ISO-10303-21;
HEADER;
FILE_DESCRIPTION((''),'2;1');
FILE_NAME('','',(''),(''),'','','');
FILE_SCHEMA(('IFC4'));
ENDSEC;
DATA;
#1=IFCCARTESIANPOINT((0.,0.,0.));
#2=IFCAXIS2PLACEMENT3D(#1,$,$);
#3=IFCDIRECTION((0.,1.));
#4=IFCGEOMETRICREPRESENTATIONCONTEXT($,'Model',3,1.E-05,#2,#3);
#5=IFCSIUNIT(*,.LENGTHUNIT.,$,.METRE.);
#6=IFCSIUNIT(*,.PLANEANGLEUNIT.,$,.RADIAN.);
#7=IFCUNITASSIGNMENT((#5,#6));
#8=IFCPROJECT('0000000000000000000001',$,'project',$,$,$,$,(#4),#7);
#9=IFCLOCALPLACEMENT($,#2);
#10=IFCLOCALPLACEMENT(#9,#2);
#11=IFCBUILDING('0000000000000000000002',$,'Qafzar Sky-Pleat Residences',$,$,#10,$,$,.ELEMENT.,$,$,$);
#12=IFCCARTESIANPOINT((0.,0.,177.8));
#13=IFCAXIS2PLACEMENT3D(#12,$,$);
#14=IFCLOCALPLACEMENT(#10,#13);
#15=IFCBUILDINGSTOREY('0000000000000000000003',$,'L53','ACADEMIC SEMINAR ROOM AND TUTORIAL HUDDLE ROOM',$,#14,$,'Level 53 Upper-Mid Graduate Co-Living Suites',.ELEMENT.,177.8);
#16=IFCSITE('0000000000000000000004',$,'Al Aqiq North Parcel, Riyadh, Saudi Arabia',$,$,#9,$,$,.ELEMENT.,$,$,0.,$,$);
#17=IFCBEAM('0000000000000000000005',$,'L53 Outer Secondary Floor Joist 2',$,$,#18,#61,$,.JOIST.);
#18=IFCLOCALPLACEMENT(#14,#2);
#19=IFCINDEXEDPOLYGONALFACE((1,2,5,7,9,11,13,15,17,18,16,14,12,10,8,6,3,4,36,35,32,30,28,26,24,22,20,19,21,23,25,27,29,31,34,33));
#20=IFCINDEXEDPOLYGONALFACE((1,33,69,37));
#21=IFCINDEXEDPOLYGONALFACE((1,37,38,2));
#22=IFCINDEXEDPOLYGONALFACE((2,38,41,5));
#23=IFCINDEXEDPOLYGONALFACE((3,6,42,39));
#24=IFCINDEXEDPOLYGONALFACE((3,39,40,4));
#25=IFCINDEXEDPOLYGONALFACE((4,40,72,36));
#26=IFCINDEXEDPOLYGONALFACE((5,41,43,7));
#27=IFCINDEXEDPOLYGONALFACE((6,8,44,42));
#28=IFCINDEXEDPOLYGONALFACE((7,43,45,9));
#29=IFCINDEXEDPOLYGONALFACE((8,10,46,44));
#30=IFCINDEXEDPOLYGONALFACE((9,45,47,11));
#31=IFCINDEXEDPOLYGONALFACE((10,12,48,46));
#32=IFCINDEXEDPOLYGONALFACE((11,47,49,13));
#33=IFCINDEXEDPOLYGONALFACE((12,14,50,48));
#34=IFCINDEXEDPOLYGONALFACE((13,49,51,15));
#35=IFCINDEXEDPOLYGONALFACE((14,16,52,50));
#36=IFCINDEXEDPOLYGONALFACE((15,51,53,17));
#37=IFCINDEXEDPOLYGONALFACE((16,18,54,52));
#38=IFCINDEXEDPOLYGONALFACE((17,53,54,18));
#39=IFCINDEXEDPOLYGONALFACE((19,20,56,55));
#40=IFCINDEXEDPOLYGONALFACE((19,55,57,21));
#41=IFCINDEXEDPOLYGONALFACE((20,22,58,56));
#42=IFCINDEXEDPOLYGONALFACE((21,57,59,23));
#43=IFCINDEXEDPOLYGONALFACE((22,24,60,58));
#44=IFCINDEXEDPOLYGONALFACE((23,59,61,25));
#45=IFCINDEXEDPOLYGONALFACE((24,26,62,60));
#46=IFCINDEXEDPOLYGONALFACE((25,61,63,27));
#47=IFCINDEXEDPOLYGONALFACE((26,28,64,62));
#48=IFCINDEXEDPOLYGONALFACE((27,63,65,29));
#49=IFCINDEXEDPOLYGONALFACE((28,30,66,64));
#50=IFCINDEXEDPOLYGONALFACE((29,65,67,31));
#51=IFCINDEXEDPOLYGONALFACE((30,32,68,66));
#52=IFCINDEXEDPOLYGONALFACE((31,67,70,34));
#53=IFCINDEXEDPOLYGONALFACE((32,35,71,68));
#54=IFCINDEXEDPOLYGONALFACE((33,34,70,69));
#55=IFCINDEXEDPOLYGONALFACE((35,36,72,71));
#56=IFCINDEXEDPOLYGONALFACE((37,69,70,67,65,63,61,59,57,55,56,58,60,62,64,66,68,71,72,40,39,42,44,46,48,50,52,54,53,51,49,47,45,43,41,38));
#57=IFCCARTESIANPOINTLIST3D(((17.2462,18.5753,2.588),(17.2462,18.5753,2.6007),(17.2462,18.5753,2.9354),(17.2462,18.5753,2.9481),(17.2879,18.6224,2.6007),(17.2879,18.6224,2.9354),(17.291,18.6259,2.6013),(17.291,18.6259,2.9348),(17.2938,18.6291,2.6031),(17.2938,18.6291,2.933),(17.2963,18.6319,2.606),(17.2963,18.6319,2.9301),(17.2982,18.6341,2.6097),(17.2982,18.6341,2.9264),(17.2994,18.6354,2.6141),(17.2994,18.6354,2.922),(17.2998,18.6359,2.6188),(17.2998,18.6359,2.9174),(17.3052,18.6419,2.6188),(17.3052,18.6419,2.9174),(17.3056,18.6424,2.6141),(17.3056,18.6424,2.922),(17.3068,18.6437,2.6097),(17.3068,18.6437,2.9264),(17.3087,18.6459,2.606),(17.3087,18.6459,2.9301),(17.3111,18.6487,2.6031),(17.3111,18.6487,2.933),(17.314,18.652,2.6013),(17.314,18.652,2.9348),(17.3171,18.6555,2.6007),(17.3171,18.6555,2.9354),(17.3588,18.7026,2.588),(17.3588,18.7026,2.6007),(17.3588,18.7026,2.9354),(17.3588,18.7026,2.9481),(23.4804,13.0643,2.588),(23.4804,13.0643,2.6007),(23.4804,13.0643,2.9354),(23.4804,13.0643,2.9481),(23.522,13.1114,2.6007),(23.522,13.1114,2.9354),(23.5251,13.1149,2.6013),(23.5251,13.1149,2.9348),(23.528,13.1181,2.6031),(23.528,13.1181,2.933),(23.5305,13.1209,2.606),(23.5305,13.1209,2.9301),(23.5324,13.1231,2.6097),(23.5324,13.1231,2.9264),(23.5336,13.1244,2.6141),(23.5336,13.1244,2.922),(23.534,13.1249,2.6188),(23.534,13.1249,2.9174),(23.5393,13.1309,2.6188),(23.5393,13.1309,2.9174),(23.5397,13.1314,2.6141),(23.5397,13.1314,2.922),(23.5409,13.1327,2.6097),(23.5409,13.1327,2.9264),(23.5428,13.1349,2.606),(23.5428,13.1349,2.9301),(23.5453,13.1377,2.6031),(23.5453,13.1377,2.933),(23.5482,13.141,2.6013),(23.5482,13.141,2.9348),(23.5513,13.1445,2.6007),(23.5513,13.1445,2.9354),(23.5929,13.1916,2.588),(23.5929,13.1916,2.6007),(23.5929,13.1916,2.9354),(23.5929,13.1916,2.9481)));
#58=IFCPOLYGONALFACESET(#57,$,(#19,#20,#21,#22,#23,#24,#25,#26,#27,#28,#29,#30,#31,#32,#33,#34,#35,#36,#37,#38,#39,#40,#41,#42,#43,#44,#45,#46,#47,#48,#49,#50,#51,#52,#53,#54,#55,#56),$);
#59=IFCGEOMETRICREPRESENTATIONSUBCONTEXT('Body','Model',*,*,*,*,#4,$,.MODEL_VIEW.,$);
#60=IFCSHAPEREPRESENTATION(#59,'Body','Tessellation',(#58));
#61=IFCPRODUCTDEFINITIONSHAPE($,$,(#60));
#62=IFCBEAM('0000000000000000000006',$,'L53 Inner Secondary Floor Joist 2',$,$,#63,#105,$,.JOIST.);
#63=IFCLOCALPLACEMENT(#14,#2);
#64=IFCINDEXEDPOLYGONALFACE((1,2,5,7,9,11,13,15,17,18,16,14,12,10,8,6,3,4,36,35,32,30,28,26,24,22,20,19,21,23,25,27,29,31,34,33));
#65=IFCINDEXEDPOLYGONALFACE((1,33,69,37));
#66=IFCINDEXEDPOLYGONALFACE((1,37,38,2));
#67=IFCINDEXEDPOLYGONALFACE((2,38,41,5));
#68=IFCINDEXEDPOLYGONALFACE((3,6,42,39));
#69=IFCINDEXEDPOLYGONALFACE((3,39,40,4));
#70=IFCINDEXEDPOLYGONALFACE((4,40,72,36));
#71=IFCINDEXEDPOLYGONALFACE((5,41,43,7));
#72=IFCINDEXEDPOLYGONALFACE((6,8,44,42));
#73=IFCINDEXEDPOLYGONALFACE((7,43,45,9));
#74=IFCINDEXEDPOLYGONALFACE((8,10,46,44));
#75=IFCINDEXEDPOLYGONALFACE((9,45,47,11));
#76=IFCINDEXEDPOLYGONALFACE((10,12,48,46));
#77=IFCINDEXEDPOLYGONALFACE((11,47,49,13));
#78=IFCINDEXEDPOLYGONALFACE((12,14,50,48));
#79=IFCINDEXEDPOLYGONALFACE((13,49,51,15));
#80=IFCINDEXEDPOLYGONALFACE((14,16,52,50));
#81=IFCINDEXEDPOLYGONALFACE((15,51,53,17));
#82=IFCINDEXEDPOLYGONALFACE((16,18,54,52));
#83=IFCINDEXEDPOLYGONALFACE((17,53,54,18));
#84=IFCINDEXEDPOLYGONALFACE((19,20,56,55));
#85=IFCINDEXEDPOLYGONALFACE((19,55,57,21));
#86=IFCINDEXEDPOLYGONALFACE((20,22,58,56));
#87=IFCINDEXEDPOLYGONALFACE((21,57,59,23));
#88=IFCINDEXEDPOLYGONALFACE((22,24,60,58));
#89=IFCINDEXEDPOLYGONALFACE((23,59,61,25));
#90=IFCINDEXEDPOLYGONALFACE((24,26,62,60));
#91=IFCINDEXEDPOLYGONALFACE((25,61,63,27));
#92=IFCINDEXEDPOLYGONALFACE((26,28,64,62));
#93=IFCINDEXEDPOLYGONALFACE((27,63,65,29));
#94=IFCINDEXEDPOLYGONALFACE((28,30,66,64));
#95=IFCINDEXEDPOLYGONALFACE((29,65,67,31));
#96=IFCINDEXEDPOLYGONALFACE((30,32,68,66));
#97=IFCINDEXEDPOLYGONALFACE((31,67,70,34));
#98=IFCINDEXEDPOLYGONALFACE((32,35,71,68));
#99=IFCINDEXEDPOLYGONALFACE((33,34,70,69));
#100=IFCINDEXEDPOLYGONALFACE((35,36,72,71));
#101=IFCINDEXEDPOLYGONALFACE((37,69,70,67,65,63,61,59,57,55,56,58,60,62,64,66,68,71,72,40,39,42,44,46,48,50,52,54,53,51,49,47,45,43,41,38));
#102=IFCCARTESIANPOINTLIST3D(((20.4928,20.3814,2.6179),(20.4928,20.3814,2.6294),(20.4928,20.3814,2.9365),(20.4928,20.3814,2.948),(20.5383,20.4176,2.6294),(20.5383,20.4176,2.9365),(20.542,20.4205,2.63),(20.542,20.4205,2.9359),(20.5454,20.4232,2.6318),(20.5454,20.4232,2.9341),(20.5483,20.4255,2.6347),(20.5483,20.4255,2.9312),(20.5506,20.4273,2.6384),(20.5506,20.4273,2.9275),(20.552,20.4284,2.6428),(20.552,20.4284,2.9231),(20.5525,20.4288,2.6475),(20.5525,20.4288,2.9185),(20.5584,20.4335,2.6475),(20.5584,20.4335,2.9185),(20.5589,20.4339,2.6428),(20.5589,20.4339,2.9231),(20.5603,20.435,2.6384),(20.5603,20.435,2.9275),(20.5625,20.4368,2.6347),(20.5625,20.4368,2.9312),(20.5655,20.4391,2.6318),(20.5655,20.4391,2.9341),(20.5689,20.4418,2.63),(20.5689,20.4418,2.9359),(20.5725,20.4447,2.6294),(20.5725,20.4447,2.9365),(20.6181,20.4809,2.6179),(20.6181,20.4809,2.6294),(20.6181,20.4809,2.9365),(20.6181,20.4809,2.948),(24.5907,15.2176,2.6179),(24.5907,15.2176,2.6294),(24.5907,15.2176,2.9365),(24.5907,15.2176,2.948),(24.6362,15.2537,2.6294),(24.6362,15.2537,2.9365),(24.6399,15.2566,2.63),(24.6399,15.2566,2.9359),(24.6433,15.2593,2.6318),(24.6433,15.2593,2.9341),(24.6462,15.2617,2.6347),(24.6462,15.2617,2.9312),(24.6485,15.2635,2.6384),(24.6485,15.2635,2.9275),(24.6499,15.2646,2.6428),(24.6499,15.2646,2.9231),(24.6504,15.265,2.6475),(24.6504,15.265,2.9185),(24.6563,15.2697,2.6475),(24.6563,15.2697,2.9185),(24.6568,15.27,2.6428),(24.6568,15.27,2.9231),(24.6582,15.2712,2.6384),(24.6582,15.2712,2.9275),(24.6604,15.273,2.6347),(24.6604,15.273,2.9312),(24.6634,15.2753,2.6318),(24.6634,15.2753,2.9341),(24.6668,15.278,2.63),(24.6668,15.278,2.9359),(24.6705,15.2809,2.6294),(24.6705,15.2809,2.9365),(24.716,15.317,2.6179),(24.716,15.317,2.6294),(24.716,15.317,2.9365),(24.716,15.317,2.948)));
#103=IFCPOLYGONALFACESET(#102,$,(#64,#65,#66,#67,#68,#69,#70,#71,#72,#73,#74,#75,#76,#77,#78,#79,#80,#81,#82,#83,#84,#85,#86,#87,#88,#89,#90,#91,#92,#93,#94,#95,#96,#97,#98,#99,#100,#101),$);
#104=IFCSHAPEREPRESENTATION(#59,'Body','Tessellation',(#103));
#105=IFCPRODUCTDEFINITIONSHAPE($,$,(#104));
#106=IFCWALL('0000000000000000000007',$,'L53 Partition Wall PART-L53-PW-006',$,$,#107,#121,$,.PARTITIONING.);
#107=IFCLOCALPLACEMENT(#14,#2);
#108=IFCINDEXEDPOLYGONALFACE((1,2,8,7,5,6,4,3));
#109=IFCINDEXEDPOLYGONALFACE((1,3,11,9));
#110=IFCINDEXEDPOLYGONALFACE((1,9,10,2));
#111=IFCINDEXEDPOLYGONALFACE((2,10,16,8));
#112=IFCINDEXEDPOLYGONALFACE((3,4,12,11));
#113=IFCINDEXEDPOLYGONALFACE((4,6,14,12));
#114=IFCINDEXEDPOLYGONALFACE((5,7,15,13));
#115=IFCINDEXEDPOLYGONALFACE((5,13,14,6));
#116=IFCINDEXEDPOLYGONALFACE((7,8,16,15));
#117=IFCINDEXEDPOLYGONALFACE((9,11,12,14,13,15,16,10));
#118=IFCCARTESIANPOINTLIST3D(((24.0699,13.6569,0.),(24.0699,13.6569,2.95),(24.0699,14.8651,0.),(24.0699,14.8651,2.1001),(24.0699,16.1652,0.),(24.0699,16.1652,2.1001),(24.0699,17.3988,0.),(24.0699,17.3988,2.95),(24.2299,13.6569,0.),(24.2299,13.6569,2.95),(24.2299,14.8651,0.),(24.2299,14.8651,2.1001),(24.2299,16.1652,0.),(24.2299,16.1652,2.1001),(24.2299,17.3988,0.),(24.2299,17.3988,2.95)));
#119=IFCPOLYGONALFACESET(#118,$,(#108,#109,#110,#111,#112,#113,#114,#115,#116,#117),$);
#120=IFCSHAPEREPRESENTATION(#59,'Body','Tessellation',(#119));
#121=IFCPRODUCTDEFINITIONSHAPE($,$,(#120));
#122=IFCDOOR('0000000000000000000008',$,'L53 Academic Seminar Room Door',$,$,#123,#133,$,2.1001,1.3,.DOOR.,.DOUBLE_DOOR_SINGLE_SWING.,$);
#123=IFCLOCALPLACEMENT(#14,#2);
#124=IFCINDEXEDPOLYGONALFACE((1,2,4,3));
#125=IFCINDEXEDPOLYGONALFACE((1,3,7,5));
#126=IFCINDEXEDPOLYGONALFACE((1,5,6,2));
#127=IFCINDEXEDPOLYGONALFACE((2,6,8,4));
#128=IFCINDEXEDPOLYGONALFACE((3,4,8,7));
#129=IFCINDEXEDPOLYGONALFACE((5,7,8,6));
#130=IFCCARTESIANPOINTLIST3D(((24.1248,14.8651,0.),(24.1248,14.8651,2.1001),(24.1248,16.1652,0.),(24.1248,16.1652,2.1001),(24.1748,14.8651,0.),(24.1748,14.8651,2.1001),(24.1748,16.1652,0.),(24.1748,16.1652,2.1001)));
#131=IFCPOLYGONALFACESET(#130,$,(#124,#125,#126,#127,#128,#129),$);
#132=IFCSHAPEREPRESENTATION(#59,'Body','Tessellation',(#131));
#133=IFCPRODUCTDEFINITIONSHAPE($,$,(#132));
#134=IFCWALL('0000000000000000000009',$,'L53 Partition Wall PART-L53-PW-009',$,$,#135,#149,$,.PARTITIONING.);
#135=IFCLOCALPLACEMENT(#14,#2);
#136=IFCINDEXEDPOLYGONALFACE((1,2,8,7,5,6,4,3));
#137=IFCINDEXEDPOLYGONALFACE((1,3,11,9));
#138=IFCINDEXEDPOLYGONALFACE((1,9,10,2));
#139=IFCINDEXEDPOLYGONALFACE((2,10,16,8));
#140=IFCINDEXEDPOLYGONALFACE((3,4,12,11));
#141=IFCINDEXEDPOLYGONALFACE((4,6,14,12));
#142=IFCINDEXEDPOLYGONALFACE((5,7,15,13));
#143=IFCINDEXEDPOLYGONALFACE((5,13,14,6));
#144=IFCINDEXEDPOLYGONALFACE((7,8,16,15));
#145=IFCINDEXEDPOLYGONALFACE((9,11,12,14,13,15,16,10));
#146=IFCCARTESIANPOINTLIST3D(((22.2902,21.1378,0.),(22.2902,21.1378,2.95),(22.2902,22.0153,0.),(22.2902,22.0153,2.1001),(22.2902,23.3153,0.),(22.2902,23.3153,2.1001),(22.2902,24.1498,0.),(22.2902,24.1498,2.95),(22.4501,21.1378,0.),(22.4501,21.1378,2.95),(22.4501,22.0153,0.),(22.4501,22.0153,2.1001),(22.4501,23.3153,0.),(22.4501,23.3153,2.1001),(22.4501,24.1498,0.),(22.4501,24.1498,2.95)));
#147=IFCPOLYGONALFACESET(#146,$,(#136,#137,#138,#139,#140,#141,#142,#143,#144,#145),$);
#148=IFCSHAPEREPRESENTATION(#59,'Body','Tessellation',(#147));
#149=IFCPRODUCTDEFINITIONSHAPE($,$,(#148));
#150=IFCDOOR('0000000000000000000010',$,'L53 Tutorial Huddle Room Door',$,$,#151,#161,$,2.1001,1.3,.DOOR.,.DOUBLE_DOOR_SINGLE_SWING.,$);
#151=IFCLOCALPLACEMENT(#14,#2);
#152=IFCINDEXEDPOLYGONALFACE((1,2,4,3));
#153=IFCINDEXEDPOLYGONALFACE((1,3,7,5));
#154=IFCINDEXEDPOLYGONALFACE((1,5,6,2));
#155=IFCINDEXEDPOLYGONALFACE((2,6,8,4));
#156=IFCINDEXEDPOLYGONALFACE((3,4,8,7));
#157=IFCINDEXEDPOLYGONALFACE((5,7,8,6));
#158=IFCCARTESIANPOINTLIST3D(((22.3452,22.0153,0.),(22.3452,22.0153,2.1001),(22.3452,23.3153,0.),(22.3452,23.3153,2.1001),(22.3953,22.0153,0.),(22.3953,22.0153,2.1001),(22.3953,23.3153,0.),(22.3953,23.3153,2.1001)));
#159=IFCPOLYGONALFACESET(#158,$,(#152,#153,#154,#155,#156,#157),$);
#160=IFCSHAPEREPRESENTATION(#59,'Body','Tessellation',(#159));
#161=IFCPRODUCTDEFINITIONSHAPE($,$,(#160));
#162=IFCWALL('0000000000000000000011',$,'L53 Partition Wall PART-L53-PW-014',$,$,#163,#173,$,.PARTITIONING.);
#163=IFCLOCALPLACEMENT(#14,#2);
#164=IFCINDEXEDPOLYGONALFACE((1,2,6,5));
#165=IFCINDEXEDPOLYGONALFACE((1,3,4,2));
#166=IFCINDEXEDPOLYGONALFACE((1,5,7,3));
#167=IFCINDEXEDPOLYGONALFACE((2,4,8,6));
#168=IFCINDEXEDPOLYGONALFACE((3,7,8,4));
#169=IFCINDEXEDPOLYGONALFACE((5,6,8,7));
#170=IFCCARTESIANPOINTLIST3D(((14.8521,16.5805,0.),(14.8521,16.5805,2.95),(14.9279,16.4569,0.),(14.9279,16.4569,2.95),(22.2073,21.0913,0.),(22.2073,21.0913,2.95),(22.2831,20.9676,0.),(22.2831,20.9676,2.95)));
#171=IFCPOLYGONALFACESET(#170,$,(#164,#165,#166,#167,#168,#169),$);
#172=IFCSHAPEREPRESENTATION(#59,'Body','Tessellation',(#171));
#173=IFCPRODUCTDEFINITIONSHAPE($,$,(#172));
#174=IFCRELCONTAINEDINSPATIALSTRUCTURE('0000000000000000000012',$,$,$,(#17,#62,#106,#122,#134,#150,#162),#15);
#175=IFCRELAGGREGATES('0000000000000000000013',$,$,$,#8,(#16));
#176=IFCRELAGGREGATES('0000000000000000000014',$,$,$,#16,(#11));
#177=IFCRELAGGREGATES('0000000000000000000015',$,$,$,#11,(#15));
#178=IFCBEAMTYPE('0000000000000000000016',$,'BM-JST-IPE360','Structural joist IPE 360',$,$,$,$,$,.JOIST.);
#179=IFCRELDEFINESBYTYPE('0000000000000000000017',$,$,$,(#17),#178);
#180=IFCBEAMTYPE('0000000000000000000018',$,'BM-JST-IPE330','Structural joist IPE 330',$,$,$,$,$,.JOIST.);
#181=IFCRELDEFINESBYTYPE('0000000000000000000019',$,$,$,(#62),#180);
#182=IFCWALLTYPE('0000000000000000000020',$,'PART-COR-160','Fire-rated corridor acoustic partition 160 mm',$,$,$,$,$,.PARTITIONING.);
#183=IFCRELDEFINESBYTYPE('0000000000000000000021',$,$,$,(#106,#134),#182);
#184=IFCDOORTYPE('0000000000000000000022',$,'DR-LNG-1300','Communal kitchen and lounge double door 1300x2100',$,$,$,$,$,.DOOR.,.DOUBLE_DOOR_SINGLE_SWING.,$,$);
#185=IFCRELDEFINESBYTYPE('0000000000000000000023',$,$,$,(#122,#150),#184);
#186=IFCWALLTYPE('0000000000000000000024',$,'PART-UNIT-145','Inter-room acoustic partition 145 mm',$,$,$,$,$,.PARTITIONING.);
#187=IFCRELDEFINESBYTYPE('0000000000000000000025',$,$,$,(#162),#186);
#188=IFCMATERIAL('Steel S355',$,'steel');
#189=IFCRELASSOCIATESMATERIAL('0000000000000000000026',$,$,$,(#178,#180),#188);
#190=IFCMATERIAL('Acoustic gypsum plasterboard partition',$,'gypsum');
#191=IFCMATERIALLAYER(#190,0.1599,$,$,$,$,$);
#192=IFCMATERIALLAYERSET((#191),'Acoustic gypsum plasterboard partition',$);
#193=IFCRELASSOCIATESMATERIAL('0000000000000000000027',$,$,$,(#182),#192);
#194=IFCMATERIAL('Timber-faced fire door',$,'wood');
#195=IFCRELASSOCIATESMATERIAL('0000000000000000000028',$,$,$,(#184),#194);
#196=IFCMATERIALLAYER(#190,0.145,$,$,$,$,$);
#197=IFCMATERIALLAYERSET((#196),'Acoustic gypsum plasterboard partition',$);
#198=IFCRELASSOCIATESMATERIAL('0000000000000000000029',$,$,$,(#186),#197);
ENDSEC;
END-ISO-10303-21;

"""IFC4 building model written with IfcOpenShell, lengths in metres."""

from ifc_helpers import new_model, si_unit, direction, frame, frame_2d, origin, origin_2d, place, context, subcontext, project, spatial, rectangle, i_section, extrude, source, transform, mapped, material, layer, layer_set, material_profile, profile_set, type_object, element, fill, save


model = new_model("IFC4")

# Units and contexts
model_context = context("Model", 3, precision=1e-05, world=origin(), true_north=direction((0.0, 1.0)))
body_context = subcontext(model_context, "Body", "Model", "MODEL_VIEW")
ifc_project = project(units=[si_unit("LENGTHUNIT", "METRE"), si_unit("PLANEANGLEUNIT", "RADIAN")], contexts=[model_context])

# Site, building, storey
site_placement = place(None, origin())
site = spatial("IfcSite", under=ifc_project, at=site_placement, Name="Al Aqiq North Parcel, Riyadh, Saudi Arabia", CompositionType="ELEMENT", RefElevation=0.0)
building_placement = place(site_placement, origin())
building = spatial("IfcBuilding", under=site, at=building_placement, Name="Qafzar Sky-Pleat Residences", CompositionType="ELEMENT")
storey_placement = place(building_placement, frame((0.0, 0.0, 177.8)))
storey = spatial("IfcBuildingStorey", under=building, at=storey_placement, Name="L53", Description="ACADEMIC SEMINAR ROOM AND TUTORIAL HUDDLE ROOM", LongName="Level 53 Upper-Mid Graduate Co-Living Suites", CompositionType="ELEMENT", Elevation=177.8)

# Beams
ifc_material_1 = material(Name="Steel S355", Category="steel")
ifc_material_profile_1 = material_profile(ifc_material_1, i_section(OverallWidth=0.1699, OverallDepth=0.3601, WebThickness=0.0081, FlangeThickness=0.0127, FilletRadius=0.0181, at=origin_2d()), Name="IPE 360")
ifc_profile_set_1 = profile_set([ifc_material_profile_1], Name="Steel S355")
beam_type_1 = type_object("IfcBeamType", Name="BM-JST-IPE360", Description="Structural joist IPE 360", PredefinedType="JOIST", material=ifc_profile_set_1)
shared_shape_1 = source(origin(), body_context, "Body", "SweptSolid", [
    extrude(i_section(OverallWidth=0.1699, OverallDepth=0.3601, WebThickness=0.0081, FlangeThickness=0.0127, FilletRadius=0.0181, at=origin_2d()), origin(), (0.0, 0.0, 1.0), 8.3208),
])
beam_1_placement = place(storey_placement, frame((17.3025, 18.6389, 2.7681), z_axis=(0.749224, -0.662316, 0.0), x_axis=(0.662316, 0.749224, 0.0)))
element("IfcBeam", 1, at=beam_1_placement, inside=storey, type_object=beam_type_1, Name="L53 Outer Secondary Floor Joist 2", PredefinedType="JOIST", context=body_context, shape_type="MappedRepresentation", body=[
    mapped(shared_shape_1, transform((0.0, 0.0, 0.0), x_axis=(1.0, 0.0, 0.0), y_axis=(0.0, 1.0, 0.0), z_axis=(0.0, 0.0, 1.0), scale=1.0)),
])
ifc_material_profile_2 = material_profile(ifc_material_1, i_section(OverallWidth=0.1599, OverallDepth=0.3301, WebThickness=0.0076, FlangeThickness=0.0115, FilletRadius=0.0181, at=origin_2d()), Name="IPE 330")
ifc_profile_set_2 = profile_set([ifc_material_profile_2], Name="Steel S355")
beam_type_2 = type_object("IfcBeamType", Name="BM-JST-IPE330", Description="Structural joist IPE 330", PredefinedType="JOIST", material=ifc_profile_set_2)
shared_shape_2 = source(origin(), body_context, "Body", "SweptSolid", [
    extrude(i_section(OverallWidth=0.1599, OverallDepth=0.3301, WebThickness=0.0076, FlangeThickness=0.0115, FilletRadius=0.0181, at=origin_2d()), origin(), (0.0, 0.0, 1.0), 6.5923),
])
beam_2_placement = place(storey_placement, frame((20.5554, 20.4312, 2.783), z_axis=(0.621624, -0.783316, 0.0), x_axis=(0.783316, 0.621624, 0.0)))
element("IfcBeam", 2, at=beam_2_placement, inside=storey, type_object=beam_type_2, Name="L53 Inner Secondary Floor Joist 2", PredefinedType="JOIST", context=body_context, shape_type="MappedRepresentation", body=[
    mapped(shared_shape_2, transform((0.0, 0.0, 0.0), x_axis=(1.0, 0.0, 0.0), y_axis=(0.0, 1.0, 0.0), z_axis=(0.0, 0.0, 1.0), scale=1.0)),
])

# Walls, openings, doors
ifc_material_2 = material(Name="Acoustic gypsum plasterboard partition", Category="gypsum")
ifc_layer_1 = layer(ifc_material_2, 0.1599)
ifc_layer_set_1 = layer_set([ifc_layer_1], Name="Acoustic gypsum plasterboard partition")
wall_type_1 = type_object("IfcWallType", Name="PART-COR-160", Description="Fire-rated corridor acoustic partition 160 mm", PredefinedType="PARTITIONING", material=ifc_layer_set_1)
wall_1_placement = place(storey_placement, frame((24.1499, 17.3989, 0.0), z_axis=(0.0, 0.0, 1.0), x_axis=(0.0, -1.0, 0.0)))
wall_1 = element("IfcWall", 3, at=wall_1_placement, inside=storey, type_object=wall_type_1, Name="L53 Partition Wall PART-L53-PW-006", PredefinedType="PARTITIONING", context=body_context, shape_type="SweptSolid", body=[
    extrude(rectangle(XDim=3.7419, YDim=0.1599, at=frame_2d((1.8711, 0.0))), origin(), (0.0, 0.0, 1.0), 2.95),
])
opening_1_placement = place(wall_1_placement, frame((1.2339, 0.0, 0.0)))
opening_1 = element("IfcOpeningElement", 4, at=opening_1_placement, cuts=wall_1, PredefinedType="OPENING", context=body_context, shape_type="SweptSolid", body=[
    extrude(rectangle(XDim=1.3, YDim=2.1001, at=frame_2d((0.6499, 1.05))), frame((0.0, 0.0898, 0.0), z_axis=(0.0, -1.0, 0.0), x_axis=(1.0, 0.0, 0.0)), (0.0, 0.0, 1.0), 0.1799),
])
ifc_material_3 = material(Name="Timber-faced fire door", Category="wood")
door_type_1 = type_object("IfcDoorType", Name="DR-LNG-1300", Description="Communal kitchen and lounge double door 1300x2100", OperationType="DOUBLE_DOOR_SINGLE_SWING", PredefinedType="DOOR", material=ifc_material_3)
shared_shape_3 = source(origin(), body_context, "Body", "SweptSolid", [
    extrude(rectangle(XDim=1.3, YDim=2.1001, at=frame_2d((0.6499, 1.05))), frame((0.0, 0.0249, 0.0), z_axis=(0.0, -1.0, 0.0), x_axis=(1.0, 0.0, 0.0)), (0.0, 0.0, 1.0), 0.05),
])
door_1_placement = place(opening_1_placement, origin())
door_1 = element("IfcDoor", 5, at=door_1_placement, inside=storey, type_object=door_type_1, Name="L53 Academic Seminar Room Door", OperationType="DOUBLE_DOOR_SINGLE_SWING", OverallHeight=2.1001, OverallWidth=1.3, PredefinedType="DOOR", context=body_context, shape_type="MappedRepresentation", body=[
    mapped(shared_shape_3, transform((0.0, 0.0, 0.0), x_axis=(1.0, 0.0, 0.0), y_axis=(0.0, 1.0, 0.0), z_axis=(0.0, 0.0, 1.0), scale=1.0)),
])
fill(opening_1, door_1)
wall_2_placement = place(storey_placement, frame((22.3701, 21.1379, 0.0), z_axis=(0.0, 0.0, 1.0), x_axis=(0.0, 1.0, 0.0)))
wall_2 = element("IfcWall", 6, at=wall_2_placement, inside=storey, type_object=wall_type_1, Name="L53 Partition Wall PART-L53-PW-009", PredefinedType="PARTITIONING", context=body_context, shape_type="SweptSolid", body=[
    extrude(rectangle(XDim=3.012, YDim=0.1599, at=frame_2d((1.5059, 0.0))), origin(), (0.0, 0.0, 1.0), 2.95),
])
opening_2_placement = place(wall_2_placement, frame((0.8774, 0.0, 0.0)))
opening_2 = element("IfcOpeningElement", 7, at=opening_2_placement, cuts=wall_2, PredefinedType="OPENING", context=body_context, shape_type="SweptSolid", body=[
    extrude(rectangle(XDim=1.3, YDim=2.1001, at=frame_2d((0.6499, 1.05))), frame((0.0, 0.0898, 0.0), z_axis=(0.0, -1.0, 0.0), x_axis=(1.0, 0.0, 0.0)), (0.0, 0.0, 1.0), 0.1799),
])
door_2_placement = place(opening_2_placement, origin())
door_2 = element("IfcDoor", 8, at=door_2_placement, inside=storey, type_object=door_type_1, Name="L53 Tutorial Huddle Room Door", OperationType="DOUBLE_DOOR_SINGLE_SWING", OverallHeight=2.1001, OverallWidth=1.3, PredefinedType="DOOR", context=body_context, shape_type="MappedRepresentation", body=[
    mapped(shared_shape_3, transform((0.0, 0.0, 0.0), x_axis=(1.0, 0.0, 0.0), y_axis=(0.0, 1.0, 0.0), z_axis=(0.0, 0.0, 1.0), scale=1.0)),
])
fill(opening_2, door_2)

# Wall
ifc_layer_2 = layer(ifc_material_2, 0.145)
ifc_layer_set_2 = layer_set([ifc_layer_2], Name="Acoustic gypsum plasterboard partition")
wall_type_2 = type_object("IfcWallType", Name="PART-UNIT-145", Description="Inter-room acoustic partition 145 mm", PredefinedType="PARTITIONING", material=ifc_layer_set_2)
wall_3_placement = place(storey_placement, frame((14.8901, 16.5188, 0.0), z_axis=(0.0, 0.0, 1.0), x_axis=(0.852462, 0.52279, 0.0)))
element("IfcWall", 9, at=wall_3_placement, inside=storey, type_object=wall_type_2, Name="L53 Partition Wall PART-L53-PW-014", PredefinedType="PARTITIONING", context=body_context, shape_type="SweptSolid", body=[
    extrude(rectangle(XDim=8.6282, YDim=0.145, at=frame_2d((4.314, 0.0))), origin(), (0.0, 0.0, 1.0), 2.95),
])

save(model, "model.ifc")
